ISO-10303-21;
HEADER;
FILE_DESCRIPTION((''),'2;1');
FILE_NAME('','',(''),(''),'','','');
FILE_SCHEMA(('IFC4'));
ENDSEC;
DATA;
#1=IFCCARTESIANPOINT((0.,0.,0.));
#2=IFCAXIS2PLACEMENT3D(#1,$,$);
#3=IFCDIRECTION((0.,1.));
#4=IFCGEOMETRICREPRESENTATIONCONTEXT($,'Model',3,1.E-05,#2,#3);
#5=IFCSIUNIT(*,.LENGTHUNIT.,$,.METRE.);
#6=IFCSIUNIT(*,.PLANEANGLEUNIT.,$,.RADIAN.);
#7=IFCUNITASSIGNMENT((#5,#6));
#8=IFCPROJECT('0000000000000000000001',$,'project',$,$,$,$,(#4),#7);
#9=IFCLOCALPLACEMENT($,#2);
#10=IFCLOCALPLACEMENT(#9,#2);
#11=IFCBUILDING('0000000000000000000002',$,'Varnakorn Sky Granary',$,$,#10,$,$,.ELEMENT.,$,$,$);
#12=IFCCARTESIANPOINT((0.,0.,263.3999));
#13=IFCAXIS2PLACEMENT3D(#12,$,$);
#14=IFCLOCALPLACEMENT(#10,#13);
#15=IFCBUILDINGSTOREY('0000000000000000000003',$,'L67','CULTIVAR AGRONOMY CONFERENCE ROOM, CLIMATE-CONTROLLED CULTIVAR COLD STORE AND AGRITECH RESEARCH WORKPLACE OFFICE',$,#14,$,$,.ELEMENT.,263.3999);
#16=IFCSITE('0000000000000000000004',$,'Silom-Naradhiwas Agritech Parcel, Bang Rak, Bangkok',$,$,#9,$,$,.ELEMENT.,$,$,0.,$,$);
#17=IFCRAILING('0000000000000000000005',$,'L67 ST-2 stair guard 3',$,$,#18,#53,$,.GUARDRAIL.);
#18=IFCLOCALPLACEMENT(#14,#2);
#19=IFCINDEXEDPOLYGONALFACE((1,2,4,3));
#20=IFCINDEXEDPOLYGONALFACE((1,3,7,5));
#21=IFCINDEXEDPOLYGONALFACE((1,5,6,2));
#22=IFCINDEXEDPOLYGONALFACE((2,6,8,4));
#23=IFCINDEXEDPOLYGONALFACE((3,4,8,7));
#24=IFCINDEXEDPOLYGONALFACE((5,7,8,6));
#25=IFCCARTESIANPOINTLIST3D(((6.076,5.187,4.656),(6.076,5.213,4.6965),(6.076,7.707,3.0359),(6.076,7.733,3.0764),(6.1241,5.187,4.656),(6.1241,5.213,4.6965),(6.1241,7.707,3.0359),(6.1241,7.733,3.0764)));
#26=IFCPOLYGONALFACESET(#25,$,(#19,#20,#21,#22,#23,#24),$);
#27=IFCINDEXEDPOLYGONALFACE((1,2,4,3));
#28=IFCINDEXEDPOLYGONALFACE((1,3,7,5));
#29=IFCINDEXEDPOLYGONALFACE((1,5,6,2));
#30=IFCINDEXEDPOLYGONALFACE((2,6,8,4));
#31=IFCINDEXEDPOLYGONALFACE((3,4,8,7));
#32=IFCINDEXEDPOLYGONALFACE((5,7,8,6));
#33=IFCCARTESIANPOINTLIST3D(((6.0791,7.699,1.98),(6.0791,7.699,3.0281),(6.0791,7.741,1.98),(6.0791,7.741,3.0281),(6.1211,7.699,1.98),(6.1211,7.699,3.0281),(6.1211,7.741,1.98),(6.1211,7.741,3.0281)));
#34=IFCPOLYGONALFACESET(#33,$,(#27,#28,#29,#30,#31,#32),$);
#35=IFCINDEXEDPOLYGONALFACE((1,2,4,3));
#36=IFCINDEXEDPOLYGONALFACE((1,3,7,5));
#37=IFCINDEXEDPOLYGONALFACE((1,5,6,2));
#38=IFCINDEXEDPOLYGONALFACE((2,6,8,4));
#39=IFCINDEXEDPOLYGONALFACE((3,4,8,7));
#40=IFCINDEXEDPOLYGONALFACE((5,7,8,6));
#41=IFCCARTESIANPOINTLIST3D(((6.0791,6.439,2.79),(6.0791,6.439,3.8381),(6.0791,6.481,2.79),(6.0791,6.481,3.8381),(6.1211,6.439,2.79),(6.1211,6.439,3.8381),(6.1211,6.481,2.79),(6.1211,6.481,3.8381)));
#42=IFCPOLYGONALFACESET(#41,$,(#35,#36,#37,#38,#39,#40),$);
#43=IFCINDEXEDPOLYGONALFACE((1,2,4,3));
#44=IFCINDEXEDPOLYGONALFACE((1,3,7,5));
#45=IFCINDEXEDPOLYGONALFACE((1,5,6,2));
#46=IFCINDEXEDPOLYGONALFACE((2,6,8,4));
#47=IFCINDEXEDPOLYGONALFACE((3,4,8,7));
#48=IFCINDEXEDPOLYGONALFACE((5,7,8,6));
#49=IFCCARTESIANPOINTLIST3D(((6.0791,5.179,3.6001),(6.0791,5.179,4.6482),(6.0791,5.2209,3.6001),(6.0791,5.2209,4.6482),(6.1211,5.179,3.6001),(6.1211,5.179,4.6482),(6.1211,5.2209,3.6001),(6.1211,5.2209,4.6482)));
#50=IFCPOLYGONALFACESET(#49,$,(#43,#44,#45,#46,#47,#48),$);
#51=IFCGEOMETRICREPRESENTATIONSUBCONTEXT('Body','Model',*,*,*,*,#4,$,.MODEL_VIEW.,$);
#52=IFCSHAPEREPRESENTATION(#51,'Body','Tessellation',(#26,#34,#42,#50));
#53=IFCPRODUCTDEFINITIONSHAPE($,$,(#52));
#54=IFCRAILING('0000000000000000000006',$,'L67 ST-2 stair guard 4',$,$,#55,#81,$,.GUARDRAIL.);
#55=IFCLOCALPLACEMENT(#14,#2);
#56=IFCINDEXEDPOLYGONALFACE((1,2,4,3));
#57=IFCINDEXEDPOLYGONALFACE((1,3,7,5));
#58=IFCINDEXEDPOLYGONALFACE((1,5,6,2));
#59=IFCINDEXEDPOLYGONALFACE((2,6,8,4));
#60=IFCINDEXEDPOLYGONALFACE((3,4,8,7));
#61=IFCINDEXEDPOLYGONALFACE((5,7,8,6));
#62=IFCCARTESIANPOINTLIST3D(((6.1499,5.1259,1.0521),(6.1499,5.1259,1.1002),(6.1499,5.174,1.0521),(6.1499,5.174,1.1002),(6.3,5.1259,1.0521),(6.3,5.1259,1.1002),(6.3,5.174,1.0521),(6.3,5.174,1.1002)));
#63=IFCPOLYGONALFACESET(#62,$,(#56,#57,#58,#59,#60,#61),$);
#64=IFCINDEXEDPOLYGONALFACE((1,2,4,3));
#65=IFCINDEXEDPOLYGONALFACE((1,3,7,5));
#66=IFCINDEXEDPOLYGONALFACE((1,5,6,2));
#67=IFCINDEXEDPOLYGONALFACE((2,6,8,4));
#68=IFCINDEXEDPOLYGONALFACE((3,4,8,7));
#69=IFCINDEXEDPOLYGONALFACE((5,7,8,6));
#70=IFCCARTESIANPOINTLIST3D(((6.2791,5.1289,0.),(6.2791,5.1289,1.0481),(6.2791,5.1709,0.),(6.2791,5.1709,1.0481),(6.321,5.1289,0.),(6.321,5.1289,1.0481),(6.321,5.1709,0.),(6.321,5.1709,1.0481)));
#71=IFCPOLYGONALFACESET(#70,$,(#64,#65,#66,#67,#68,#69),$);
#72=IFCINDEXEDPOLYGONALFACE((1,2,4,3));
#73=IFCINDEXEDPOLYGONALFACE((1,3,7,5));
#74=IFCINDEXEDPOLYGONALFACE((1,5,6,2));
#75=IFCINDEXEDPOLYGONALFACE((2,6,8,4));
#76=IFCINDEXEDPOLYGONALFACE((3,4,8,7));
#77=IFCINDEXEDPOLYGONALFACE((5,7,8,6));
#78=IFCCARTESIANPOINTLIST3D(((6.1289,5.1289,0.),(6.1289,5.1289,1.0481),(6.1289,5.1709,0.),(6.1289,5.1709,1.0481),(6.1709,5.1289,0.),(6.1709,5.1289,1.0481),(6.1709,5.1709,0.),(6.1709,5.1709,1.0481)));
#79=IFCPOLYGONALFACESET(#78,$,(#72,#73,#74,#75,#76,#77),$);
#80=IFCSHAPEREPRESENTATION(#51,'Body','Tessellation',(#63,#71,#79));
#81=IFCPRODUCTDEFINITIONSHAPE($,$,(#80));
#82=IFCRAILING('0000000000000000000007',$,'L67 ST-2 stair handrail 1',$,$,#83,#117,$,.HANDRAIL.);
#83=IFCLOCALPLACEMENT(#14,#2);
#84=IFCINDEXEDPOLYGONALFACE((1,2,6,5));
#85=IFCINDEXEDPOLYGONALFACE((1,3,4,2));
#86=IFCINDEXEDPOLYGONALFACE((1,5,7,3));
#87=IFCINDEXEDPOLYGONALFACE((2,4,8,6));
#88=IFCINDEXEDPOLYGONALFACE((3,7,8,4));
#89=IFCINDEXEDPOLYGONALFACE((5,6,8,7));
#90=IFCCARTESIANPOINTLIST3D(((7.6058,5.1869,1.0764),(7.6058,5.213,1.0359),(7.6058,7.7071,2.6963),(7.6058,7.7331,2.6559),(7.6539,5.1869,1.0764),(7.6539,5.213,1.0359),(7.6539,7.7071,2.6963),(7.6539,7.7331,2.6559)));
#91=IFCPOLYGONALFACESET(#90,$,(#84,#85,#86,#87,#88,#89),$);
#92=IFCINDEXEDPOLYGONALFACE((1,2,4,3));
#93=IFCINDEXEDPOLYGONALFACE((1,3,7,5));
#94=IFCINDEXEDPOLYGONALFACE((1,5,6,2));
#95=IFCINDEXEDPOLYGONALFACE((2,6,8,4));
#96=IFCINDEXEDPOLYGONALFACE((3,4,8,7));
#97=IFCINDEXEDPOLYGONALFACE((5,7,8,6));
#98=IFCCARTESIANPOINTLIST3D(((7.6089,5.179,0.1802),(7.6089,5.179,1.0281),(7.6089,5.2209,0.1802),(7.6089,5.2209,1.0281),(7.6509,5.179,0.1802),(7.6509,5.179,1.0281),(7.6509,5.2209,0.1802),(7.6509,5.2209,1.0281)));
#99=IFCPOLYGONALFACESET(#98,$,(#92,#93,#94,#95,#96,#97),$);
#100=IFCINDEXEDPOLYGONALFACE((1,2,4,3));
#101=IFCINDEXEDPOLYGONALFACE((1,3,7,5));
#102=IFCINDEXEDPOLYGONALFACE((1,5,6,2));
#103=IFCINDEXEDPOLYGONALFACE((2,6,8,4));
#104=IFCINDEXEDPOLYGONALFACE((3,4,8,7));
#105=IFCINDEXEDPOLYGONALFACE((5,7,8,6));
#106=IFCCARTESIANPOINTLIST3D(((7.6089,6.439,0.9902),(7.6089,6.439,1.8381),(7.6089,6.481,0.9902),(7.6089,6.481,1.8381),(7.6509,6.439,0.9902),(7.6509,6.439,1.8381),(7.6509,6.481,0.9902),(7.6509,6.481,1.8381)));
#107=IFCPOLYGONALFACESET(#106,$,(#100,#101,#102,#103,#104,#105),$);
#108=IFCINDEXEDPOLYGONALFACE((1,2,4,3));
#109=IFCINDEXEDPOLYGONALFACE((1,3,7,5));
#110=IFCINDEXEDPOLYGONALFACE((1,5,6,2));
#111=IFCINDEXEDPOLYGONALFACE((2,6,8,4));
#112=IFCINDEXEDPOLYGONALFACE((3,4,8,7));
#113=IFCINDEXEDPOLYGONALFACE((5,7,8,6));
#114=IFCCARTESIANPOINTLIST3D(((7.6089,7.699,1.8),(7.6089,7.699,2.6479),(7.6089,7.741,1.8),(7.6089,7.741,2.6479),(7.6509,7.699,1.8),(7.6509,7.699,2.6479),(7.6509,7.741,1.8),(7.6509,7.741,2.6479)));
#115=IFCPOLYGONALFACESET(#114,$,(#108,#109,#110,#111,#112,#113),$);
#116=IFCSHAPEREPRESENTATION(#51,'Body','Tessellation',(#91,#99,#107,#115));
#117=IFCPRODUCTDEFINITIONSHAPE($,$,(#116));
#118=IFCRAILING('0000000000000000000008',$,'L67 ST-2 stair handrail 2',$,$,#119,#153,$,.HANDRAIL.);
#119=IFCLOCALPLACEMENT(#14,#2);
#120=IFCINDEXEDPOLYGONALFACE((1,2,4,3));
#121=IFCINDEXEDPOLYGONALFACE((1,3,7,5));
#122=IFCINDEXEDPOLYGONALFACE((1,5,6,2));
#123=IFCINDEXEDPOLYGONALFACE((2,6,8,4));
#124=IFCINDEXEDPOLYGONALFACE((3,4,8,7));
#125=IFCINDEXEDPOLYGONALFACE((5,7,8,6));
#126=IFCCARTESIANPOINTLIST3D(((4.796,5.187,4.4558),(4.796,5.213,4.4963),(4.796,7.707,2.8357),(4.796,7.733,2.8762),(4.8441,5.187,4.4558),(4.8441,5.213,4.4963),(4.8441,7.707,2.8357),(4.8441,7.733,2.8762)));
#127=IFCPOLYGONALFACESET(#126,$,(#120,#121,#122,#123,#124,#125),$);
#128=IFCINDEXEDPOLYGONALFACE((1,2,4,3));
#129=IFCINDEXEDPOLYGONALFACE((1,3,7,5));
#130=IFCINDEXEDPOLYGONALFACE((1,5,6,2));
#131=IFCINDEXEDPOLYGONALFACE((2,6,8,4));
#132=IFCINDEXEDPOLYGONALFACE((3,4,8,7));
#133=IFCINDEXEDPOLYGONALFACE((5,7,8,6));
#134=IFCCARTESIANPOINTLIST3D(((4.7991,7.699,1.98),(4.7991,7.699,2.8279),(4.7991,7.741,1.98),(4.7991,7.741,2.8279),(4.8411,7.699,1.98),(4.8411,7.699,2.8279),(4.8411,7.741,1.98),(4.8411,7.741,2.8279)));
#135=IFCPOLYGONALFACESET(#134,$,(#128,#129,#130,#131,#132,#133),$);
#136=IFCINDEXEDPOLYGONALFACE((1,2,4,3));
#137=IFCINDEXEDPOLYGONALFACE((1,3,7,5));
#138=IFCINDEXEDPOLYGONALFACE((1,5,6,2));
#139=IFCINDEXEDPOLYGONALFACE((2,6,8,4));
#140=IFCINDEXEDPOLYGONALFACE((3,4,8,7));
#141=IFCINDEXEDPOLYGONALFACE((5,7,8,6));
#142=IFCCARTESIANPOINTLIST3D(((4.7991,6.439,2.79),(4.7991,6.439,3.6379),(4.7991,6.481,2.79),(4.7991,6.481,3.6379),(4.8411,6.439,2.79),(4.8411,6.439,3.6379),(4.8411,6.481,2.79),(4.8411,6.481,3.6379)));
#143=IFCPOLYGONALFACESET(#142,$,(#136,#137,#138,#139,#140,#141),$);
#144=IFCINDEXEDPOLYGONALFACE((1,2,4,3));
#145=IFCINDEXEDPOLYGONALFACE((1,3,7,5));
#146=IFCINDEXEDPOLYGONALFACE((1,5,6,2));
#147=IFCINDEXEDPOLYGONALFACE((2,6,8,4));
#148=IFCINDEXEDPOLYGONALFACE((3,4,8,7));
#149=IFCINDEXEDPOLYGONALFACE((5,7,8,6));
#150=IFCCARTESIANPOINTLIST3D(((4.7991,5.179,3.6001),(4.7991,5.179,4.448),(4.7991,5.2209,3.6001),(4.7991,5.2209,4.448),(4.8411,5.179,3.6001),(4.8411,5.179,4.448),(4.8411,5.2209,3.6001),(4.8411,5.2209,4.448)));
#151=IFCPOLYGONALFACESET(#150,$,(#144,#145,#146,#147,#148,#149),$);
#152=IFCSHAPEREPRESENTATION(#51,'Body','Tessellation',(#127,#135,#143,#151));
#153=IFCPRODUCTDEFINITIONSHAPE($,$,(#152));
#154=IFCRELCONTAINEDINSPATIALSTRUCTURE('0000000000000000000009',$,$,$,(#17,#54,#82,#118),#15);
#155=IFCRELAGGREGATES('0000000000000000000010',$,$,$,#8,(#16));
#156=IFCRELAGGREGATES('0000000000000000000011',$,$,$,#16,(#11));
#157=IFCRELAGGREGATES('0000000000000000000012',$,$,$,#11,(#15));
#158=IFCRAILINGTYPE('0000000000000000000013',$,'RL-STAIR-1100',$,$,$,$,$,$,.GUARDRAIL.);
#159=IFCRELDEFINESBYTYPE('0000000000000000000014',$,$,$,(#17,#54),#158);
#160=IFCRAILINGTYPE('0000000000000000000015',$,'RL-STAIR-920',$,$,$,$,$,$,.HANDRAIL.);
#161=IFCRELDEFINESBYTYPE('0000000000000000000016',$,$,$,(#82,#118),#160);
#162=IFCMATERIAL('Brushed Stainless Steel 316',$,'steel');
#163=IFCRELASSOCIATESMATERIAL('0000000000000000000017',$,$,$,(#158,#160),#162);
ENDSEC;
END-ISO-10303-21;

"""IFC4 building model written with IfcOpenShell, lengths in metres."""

from ifc_helpers import new_model, si_unit, direction, frame, origin, origin_2d, place, context, subcontext, project, spatial, rectangle, extrude, material, type_object, element, save


model = new_model("IFC4")

# Units and contexts
model_context = context("Model", 3, precision=1e-05, world=origin(), true_north=direction((0.0, 1.0)))
body_context = subcontext(model_context, "Body", "Model", "MODEL_VIEW")
ifc_project = project(units=[si_unit("LENGTHUNIT", "METRE"), si_unit("PLANEANGLEUNIT", "RADIAN")], contexts=[model_context])

# Site, building, storey
site_placement = place(None, origin())
site = spatial("IfcSite", under=ifc_project, at=site_placement, Name="Silom-Naradhiwas Agritech Parcel, Bang Rak, Bangkok", CompositionType="ELEMENT", RefElevation=0.0)
building_placement = place(site_placement, origin())
building = spatial("IfcBuilding", under=site, at=building_placement, Name="Varnakorn Sky Granary", CompositionType="ELEMENT")
storey_placement = place(building_placement, frame((0.0, 0.0, 263.3999)))
storey = spatial("IfcBuildingStorey", under=building, at=storey_placement, Name="L67", Description="CULTIVAR AGRONOMY CONFERENCE ROOM, CLIMATE-CONTROLLED CULTIVAR COLD STORE AND AGRITECH RESEARCH WORKPLACE OFFICE", CompositionType="ELEMENT", Elevation=263.3999)

# Railings
ifc_material_1 = material(Name="Brushed Stainless Steel 316", Category="steel")
railing_type_1 = type_object("IfcRailingType", Name="RL-STAIR-1100", PredefinedType="GUARDRAIL", material=ifc_material_1)
railing_1_placement = place(storey_placement, frame((6.1001, 7.72, 1.98)))
element("IfcRailing", 1, at=railing_1_placement, inside=storey, type_object=railing_type_1, Name="L67 ST-2 stair guard 3", PredefinedType="GUARDRAIL", context=body_context, shape_type="SweptSolid", body=[
    extrude(rectangle(XDim=0.0481, YDim=0.0481, at=origin_2d()), frame((0.0, 0.0, 1.0762), z_axis=(0.0, -0.841163, 0.540782), x_axis=(1.0, 0.0, 0.0)), (0.0, 0.0, 1.0), 2.9958),
    extrude(rectangle(XDim=0.042, YDim=0.042, at=origin_2d()), origin(), (0.0, 0.0, 1.0), 1.0481),
    extrude(rectangle(XDim=0.042, YDim=0.042, at=origin_2d()), frame((0.0, -1.26, 0.8101)), (0.0, 0.0, 1.0), 1.0481),
    extrude(rectangle(XDim=0.042, YDim=0.042, at=origin_2d()), frame((0.0, -2.52, 1.6201)), (0.0, 0.0, 1.0), 1.0481),
])
railing_2_placement = place(storey_placement, frame((6.3, 5.1499, 0.0)))
element("IfcRailing", 2, at=railing_2_placement, inside=storey, type_object=railing_type_1, Name="L67 ST-2 stair guard 4", PredefinedType="GUARDRAIL", context=body_context, shape_type="SweptSolid", body=[
    extrude(rectangle(XDim=0.0481, YDim=0.0481, at=origin_2d()), frame((0.0, 0.0, 1.0762), z_axis=(-1.0, 0.0, 0.0), x_axis=(0.0, -1.0, 0.0)), (0.0, 0.0, 1.0), 0.1501),
    extrude(rectangle(XDim=0.042, YDim=0.042, at=origin_2d()), origin(), (0.0, 0.0, 1.0), 1.0481),
    extrude(rectangle(XDim=0.042, YDim=0.042, at=origin_2d()), frame((-0.1501, 0.0, 0.0)), (0.0, 0.0, 1.0), 1.0481),
])
railing_type_2 = type_object("IfcRailingType", Name="RL-STAIR-920", PredefinedType="HANDRAIL", material=ifc_material_1)
railing_3_placement = place(storey_placement, frame((7.6299, 5.2, 0.1802)))
element("IfcRailing", 3, at=railing_3_placement, inside=storey, type_object=railing_type_2, Name="L67 ST-2 stair handrail 1", PredefinedType="HANDRAIL", context=body_context, shape_type="SweptSolid", body=[
    extrude(rectangle(XDim=0.0481, YDim=0.0481, at=origin_2d()), frame((0.0, 0.0, 0.876), z_axis=(0.0, 0.8412, 0.540725), x_axis=(-1.0, 0.0, 0.0)), (0.0, 0.0, 1.0), 2.9958),
    extrude(rectangle(XDim=0.042, YDim=0.042, at=origin_2d()), origin(), (0.0, 0.0, 1.0), 0.8479),
    extrude(rectangle(XDim=0.042, YDim=0.042, at=origin_2d()), frame((0.0, 1.26, 0.8101)), (0.0, 0.0, 1.0), 0.8479),
    extrude(rectangle(XDim=0.042, YDim=0.042, at=origin_2d()), frame((0.0, 2.52, 1.6199)), (0.0, 0.0, 1.0), 0.8479),
])
railing_4_placement = place(storey_placement, frame((4.8201, 7.72, 1.98)))
element("IfcRailing", 4, at=railing_4_placement, inside=storey, type_object=railing_type_2, Name="L67 ST-2 stair handrail 2", PredefinedType="HANDRAIL", context=body_context, shape_type="SweptSolid", body=[
    extrude(rectangle(XDim=0.0481, YDim=0.0481, at=origin_2d()), frame((0.0, 0.0, 0.876), z_axis=(0.0, -0.841163, 0.540782), x_axis=(1.0, 0.0, 0.0)), (0.0, 0.0, 1.0), 2.9958),
    extrude(rectangle(XDim=0.042, YDim=0.042, at=origin_2d()), origin(), (0.0, 0.0, 1.0), 0.8479),
    extrude(rectangle(XDim=0.042, YDim=0.042, at=origin_2d()), frame((0.0, -1.26, 0.8101)), (0.0, 0.0, 1.0), 0.8479),
    extrude(rectangle(XDim=0.042, YDim=0.042, at=origin_2d()), frame((0.0, -2.52, 1.6201)), (0.0, 0.0, 1.0), 0.8479),
])

save(model, "model.ifc")
